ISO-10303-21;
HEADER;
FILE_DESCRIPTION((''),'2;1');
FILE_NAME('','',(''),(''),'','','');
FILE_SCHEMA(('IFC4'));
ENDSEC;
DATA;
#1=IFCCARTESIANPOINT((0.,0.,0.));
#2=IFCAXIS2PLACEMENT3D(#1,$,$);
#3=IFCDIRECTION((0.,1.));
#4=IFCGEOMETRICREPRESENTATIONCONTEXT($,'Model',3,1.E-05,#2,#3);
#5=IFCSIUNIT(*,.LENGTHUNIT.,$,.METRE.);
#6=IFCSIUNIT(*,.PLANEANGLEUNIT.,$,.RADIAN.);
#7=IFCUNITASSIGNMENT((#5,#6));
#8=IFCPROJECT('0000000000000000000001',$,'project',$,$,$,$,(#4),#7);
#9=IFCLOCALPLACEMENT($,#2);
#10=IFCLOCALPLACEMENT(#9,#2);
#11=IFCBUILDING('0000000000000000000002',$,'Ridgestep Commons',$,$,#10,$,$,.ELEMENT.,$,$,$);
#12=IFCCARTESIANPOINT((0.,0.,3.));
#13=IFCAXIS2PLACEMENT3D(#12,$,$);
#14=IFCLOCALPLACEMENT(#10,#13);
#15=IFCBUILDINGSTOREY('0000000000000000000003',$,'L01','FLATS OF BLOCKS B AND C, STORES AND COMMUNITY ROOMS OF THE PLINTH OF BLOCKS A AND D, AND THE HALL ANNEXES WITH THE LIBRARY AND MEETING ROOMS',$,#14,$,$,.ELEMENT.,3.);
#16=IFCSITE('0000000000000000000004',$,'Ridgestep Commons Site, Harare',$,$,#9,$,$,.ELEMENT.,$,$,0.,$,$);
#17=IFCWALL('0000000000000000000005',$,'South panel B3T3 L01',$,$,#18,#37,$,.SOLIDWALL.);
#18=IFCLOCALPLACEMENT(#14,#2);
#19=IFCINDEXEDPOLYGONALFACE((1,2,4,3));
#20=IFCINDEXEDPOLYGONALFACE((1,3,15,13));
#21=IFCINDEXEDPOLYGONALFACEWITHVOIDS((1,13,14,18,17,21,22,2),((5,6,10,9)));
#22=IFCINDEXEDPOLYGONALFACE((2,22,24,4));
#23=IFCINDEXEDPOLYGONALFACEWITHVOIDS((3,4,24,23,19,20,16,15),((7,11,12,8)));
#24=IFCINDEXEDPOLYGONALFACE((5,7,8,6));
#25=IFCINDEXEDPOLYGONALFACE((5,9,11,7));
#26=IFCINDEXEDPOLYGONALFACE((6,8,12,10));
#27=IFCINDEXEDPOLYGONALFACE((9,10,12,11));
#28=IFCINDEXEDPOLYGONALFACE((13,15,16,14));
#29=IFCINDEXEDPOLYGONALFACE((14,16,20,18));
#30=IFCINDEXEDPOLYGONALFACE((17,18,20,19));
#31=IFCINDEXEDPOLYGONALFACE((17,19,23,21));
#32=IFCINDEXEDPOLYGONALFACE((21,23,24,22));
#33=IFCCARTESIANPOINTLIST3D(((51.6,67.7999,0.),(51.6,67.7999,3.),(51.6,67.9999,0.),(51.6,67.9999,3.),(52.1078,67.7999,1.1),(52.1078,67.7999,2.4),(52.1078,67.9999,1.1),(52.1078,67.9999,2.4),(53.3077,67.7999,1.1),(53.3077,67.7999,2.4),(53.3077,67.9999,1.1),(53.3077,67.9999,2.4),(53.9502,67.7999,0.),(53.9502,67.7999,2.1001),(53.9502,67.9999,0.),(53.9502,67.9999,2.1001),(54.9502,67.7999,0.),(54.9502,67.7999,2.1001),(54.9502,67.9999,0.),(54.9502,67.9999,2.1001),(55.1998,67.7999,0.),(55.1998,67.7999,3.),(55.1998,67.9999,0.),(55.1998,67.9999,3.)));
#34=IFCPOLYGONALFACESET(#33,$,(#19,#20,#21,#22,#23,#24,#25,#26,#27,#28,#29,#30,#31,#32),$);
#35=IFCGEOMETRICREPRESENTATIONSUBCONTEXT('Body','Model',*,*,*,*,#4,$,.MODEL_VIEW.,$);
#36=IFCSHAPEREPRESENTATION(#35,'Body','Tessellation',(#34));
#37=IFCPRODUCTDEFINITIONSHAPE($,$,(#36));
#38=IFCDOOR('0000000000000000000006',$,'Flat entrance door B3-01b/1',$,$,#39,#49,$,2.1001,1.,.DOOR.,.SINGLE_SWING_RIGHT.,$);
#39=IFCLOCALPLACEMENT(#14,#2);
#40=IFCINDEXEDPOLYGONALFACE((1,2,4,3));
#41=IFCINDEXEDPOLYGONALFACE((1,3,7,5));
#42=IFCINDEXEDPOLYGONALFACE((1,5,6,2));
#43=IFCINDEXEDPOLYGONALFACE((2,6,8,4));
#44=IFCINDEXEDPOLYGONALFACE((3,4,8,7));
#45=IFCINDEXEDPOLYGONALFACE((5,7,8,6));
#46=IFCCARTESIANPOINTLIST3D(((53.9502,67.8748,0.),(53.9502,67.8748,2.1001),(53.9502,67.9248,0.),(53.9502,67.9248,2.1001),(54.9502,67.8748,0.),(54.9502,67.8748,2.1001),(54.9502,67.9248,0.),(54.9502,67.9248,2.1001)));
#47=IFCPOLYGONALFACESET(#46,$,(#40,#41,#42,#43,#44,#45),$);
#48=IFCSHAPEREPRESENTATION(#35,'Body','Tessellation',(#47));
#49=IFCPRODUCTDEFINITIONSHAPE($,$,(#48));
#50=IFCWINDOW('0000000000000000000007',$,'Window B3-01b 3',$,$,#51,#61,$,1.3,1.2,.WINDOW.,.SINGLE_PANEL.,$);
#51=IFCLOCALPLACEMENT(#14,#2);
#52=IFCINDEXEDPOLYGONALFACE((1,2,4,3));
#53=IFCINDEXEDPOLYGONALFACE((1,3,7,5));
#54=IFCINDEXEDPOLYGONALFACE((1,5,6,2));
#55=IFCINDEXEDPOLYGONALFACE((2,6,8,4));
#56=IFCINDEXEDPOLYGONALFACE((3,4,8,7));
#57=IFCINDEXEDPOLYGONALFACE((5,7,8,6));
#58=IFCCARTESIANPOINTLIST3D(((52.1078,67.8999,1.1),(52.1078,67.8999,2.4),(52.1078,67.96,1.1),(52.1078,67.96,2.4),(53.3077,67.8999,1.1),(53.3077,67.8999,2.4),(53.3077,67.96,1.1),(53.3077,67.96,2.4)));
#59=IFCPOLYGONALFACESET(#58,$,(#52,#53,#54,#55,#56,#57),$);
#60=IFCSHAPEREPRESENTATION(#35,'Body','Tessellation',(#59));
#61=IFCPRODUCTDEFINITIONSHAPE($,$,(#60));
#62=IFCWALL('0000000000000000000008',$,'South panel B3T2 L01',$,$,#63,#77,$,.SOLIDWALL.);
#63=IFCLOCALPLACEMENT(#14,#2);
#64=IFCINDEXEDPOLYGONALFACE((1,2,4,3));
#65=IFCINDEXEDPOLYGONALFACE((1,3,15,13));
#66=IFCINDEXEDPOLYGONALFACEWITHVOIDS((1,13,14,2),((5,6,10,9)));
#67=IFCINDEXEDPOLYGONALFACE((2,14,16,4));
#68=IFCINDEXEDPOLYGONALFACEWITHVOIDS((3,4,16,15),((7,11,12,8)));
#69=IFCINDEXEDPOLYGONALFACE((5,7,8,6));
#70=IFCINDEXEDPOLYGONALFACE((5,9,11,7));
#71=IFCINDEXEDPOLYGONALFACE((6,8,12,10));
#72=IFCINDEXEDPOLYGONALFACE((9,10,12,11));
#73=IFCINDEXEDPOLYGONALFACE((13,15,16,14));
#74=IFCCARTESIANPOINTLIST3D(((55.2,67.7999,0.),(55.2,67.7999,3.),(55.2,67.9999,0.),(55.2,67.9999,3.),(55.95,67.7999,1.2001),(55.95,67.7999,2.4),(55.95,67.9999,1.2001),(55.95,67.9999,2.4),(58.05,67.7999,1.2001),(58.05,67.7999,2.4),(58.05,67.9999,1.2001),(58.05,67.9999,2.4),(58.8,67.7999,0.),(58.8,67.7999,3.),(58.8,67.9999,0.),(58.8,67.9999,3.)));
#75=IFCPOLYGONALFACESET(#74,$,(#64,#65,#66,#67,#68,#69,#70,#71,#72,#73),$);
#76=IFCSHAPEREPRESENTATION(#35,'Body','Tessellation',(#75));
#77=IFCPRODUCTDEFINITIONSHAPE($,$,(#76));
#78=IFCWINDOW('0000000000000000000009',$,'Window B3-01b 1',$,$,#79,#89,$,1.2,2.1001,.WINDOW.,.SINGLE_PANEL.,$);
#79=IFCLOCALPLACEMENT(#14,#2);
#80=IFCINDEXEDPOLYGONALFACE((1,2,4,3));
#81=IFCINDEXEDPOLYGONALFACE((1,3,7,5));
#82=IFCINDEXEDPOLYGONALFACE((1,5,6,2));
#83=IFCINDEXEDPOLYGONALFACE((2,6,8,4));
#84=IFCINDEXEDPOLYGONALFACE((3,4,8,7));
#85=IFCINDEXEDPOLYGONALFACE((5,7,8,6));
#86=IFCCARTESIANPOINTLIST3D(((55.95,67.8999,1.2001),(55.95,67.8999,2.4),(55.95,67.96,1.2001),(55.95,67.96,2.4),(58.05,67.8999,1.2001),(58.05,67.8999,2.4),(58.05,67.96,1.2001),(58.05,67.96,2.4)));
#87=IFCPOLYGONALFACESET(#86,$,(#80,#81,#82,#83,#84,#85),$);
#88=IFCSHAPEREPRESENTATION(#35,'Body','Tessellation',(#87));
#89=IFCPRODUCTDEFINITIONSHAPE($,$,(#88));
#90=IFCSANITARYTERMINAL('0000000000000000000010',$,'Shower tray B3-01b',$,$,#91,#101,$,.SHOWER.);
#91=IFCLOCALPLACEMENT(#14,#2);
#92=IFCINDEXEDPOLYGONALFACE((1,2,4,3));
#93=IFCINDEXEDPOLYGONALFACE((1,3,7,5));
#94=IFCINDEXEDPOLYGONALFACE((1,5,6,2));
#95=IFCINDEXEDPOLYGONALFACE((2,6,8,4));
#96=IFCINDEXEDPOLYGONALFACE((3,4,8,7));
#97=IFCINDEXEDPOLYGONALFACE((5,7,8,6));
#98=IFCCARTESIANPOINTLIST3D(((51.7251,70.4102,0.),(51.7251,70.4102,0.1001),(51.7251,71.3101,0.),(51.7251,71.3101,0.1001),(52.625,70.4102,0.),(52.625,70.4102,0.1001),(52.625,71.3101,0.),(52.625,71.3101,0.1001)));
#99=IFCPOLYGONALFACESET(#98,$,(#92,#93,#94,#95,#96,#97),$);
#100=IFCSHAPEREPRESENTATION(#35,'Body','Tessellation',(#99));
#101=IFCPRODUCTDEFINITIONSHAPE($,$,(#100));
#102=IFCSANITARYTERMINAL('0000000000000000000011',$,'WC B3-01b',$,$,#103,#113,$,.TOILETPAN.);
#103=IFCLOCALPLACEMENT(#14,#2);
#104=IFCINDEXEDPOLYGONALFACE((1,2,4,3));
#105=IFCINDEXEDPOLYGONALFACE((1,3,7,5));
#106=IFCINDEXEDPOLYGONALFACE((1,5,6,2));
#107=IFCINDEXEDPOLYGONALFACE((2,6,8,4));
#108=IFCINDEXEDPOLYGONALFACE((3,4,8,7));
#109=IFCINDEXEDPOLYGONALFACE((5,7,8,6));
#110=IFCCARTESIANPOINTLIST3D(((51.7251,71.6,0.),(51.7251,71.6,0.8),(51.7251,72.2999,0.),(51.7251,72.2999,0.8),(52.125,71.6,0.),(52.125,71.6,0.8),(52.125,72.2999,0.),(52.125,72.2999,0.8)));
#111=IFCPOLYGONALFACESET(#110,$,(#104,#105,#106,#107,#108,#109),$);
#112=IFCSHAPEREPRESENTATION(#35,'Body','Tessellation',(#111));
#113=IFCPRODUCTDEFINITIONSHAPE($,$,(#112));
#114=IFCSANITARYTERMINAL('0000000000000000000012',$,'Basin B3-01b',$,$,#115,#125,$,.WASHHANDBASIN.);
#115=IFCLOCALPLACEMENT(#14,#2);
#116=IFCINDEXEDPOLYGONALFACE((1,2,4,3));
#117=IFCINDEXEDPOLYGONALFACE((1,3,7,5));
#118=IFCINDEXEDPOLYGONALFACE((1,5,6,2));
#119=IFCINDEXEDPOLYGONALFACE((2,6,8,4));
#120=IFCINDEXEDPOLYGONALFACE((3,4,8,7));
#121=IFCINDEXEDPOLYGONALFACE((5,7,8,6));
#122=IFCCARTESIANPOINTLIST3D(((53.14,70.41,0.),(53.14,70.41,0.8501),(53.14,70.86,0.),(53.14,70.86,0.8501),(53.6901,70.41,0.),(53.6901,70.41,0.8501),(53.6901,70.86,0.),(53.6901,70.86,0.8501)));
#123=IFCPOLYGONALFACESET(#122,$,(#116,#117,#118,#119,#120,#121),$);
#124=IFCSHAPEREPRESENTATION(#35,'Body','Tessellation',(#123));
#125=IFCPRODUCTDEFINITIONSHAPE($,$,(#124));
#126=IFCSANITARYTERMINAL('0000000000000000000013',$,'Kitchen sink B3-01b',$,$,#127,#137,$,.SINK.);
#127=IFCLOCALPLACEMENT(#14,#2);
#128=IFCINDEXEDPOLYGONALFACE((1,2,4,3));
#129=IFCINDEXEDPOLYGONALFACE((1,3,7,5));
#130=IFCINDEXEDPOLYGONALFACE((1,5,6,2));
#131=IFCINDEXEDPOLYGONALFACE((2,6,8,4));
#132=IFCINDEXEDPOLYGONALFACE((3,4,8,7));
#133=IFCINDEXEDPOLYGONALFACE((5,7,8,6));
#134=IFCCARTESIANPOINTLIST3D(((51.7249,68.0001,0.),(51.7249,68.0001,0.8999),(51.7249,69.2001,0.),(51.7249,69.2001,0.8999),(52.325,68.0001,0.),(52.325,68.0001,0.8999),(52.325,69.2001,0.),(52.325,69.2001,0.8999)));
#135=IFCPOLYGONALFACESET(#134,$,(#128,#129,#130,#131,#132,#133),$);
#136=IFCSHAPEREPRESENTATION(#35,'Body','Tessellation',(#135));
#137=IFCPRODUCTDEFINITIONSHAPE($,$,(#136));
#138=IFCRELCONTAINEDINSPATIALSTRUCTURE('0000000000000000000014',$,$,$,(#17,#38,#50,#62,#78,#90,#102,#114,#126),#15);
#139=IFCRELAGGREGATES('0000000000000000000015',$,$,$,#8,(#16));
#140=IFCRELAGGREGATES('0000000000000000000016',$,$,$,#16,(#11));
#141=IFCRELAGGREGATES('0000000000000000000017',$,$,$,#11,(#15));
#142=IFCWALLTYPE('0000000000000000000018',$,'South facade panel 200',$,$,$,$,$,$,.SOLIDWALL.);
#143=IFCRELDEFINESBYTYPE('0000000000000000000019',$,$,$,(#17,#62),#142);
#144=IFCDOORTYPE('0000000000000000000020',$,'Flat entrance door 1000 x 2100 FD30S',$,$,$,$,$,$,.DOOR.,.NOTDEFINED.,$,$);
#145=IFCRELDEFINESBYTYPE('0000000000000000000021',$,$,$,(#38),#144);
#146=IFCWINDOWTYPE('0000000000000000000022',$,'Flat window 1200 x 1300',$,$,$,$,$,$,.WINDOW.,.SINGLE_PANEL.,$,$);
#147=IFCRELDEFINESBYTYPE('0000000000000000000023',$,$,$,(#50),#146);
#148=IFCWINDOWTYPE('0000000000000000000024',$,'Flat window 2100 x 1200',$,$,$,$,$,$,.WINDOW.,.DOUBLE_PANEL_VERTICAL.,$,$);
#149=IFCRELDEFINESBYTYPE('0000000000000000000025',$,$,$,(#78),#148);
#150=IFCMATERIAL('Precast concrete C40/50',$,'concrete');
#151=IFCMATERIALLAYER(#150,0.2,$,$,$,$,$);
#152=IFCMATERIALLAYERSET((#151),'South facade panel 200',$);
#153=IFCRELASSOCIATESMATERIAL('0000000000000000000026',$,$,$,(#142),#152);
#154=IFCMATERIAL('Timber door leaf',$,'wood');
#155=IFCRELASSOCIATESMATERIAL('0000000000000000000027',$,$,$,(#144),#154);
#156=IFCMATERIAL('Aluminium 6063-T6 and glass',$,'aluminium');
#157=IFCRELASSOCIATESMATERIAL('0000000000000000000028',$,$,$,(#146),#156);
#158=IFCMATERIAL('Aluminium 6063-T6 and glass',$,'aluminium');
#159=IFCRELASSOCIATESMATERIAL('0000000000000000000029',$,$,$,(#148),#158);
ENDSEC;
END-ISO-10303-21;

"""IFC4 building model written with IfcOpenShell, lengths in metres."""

from ifc_helpers import new_model, si_unit, direction, frame, frame_2d, origin, origin_2d, place, context, subcontext, project, spatial, rectangle, extrude, material, layer, layer_set, type_object, element, fill, save


model = new_model("IFC4")

# Units and contexts
model_context = context("Model", 3, precision=1e-05, world=origin(), true_north=direction((0.0, 1.0)))
body_context = subcontext(model_context, "Body", "Model", "MODEL_VIEW")
ifc_project = project(units=[si_unit("LENGTHUNIT", "METRE"), si_unit("PLANEANGLEUNIT", "RADIAN")], contexts=[model_context])

# Site, building, storey
site_placement = place(None, origin())
site = spatial("IfcSite", under=ifc_project, at=site_placement, Name="Ridgestep Commons Site, Harare", CompositionType="ELEMENT", RefElevation=0.0)
building_placement = place(site_placement, origin())
building = spatial("IfcBuilding", under=site, at=building_placement, Name="Ridgestep Commons", CompositionType="ELEMENT")
storey_placement = place(building_placement, frame((0.0, 0.0, 3.0)))
storey = spatial("IfcBuildingStorey", under=building, at=storey_placement, Name="L01", Description="FLATS OF BLOCKS B AND C, STORES AND COMMUNITY ROOMS OF THE PLINTH OF BLOCKS A AND D, AND THE HALL ANNEXES WITH THE LIBRARY AND MEETING ROOMS", CompositionType="ELEMENT", Elevation=3.0)

# Wall, openings, door, window
ifc_material_1 = material(Name="Precast concrete C40/50", Category="concrete")
ifc_layer_1 = layer(ifc_material_1, 0.2)
ifc_layer_set_1 = layer_set([ifc_layer_1], Name="South facade panel 200")
wall_type_1 = type_object("IfcWallType", Name="South facade panel 200", PredefinedType="SOLIDWALL", material=ifc_layer_set_1)
wall_1_placement = place(storey_placement, frame((51.6001, 67.8999, 0.0), z_axis=(0.0, 0.0, 1.0), x_axis=(1.0, 0.0, 0.0)))
wall_1 = element("IfcWall", 1, at=wall_1_placement, inside=storey, type_object=wall_type_1, Name="South panel B3T3 L01", PredefinedType="SOLIDWALL", context=body_context, shape_type="SweptSolid", body=[
    extrude(rectangle(XDim=3.5999, YDim=0.2, at=frame_2d((1.7998, 0.0))), origin(), (0.0, 0.0, 1.0), 3.0),
])
opening_1_placement = place(wall_1_placement, frame((0.5076, 0.0, 1.1001)))
opening_1 = element("IfcOpeningElement", 2, at=opening_1_placement, cuts=wall_1, PredefinedType="OPENING", context=body_context, shape_type="SweptSolid", body=[
    extrude(rectangle(XDim=1.2, YDim=1.3, at=frame_2d((0.6001, 0.6499))), frame((0.0, 0.1099, 0.0), z_axis=(0.0, -1.0, 0.0), x_axis=(1.0, 0.0, 0.0)), (0.0, 0.0, 1.0), 0.22),
])
opening_2_placement = place(wall_1_placement, frame((2.3501, 0.0, 0.0)))
opening_2 = element("IfcOpeningElement", 3, at=opening_2_placement, cuts=wall_1, PredefinedType="OPENING", context=body_context, shape_type="SweptSolid", body=[
    extrude(rectangle(XDim=1.0, YDim=2.1001, at=frame_2d((0.5, 1.05))), frame((0.0, 0.1099, 0.0), z_axis=(0.0, -1.0, 0.0), x_axis=(1.0, 0.0, 0.0)), (0.0, 0.0, 1.0), 0.22),
])
ifc_material_2 = material(Name="Timber door leaf", Category="wood")
door_type_1 = type_object("IfcDoorType", Name="Flat entrance door 1000 x 2100 FD30S", OperationType="NOTDEFINED", PredefinedType="DOOR", material=ifc_material_2)
door_1_placement = place(opening_2_placement, origin())
door_1 = element("IfcDoor", 4, at=door_1_placement, inside=storey, type_object=door_type_1, Name="Flat entrance door B3-01b/1", OperationType="SINGLE_SWING_RIGHT", OverallHeight=2.1001, OverallWidth=1.0, PredefinedType="DOOR", context=body_context, shape_type="SweptSolid", body=[
    extrude(rectangle(XDim=1.0, YDim=2.1001, at=frame_2d((0.5, 1.05))), frame((0.0, 0.0249, 0.0), z_axis=(0.0, -1.0, 0.0), x_axis=(1.0, 0.0, 0.0)), (0.0, 0.0, 1.0), 0.05),
])
fill(opening_2, door_1)
ifc_material_3 = material(Name="Aluminium 6063-T6 and glass", Category="aluminium")
window_type_1 = type_object("IfcWindowType", Name="Flat window 1200 x 1300", PartitioningType="SINGLE_PANEL", PredefinedType="WINDOW", material=ifc_material_3)
window_1_placement = place(opening_1_placement, origin())
window_1 = element("IfcWindow", 5, at=window_1_placement, inside=storey, type_object=window_type_1, Name="Window B3-01b 3", OverallHeight=1.3, OverallWidth=1.2, PartitioningType="SINGLE_PANEL", PredefinedType="WINDOW", context=body_context, shape_type="SweptSolid", body=[
    extrude(rectangle(XDim=1.2, YDim=1.3, at=frame_2d((0.6001, 0.6499))), frame((0.0, 0.0601, 0.0), z_axis=(0.0, -1.0, 0.0), x_axis=(1.0, 0.0, 0.0)), (0.0, 0.0, 1.0), 0.0601),
])
fill(opening_1, window_1)

# Wall, opening, window
wall_2_placement = place(storey_placement, frame((55.2, 67.8999, 0.0), z_axis=(0.0, 0.0, 1.0), x_axis=(1.0, 0.0, 0.0)))
wall_2 = element("IfcWall", 6, at=wall_2_placement, inside=storey, type_object=wall_type_1, Name="South panel B3T2 L01", PredefinedType="SOLIDWALL", context=body_context, shape_type="SweptSolid", body=[
    extrude(rectangle(XDim=3.6001, YDim=0.2, at=frame_2d((1.8, 0.0))), origin(), (0.0, 0.0, 1.0), 3.0),
])
opening_3_placement = place(wall_2_placement, frame((0.75, 0.0, 1.2)))
opening_3 = element("IfcOpeningElement", 7, at=opening_3_placement, cuts=wall_2, PredefinedType="OPENING", context=body_context, shape_type="SweptSolid", body=[
    extrude(rectangle(XDim=2.1001, YDim=1.2, at=frame_2d((1.05, 0.6001))), frame((0.0, 0.1099, 0.0), z_axis=(0.0, -1.0, 0.0), x_axis=(1.0, 0.0, 0.0)), (0.0, 0.0, 1.0), 0.22),
])
ifc_material_4 = material(Name="Aluminium 6063-T6 and glass", Category="aluminium")
window_type_2 = type_object("IfcWindowType", Name="Flat window 2100 x 1200", PartitioningType="DOUBLE_PANEL_VERTICAL", PredefinedType="WINDOW", material=ifc_material_4)
window_2_placement = place(opening_3_placement, origin())
window_2 = element("IfcWindow", 8, at=window_2_placement, inside=storey, type_object=window_type_2, Name="Window B3-01b 1", OverallHeight=1.2, OverallWidth=2.1001, PartitioningType="SINGLE_PANEL", PredefinedType="WINDOW", context=body_context, shape_type="SweptSolid", body=[
    extrude(rectangle(XDim=2.1001, YDim=1.2, at=frame_2d((1.05, 0.6001))), frame((0.0, 0.0601, 0.0), z_axis=(0.0, -1.0, 0.0), x_axis=(1.0, 0.0, 0.0)), (0.0, 0.0, 1.0), 0.0601),
])
fill(opening_3, window_2)

# Sanitary terminals
sanitary_terminal_1_placement = place(storey_placement, frame((52.175, 70.8601, 0.0), z_axis=(0.0, 0.0, 1.0), x_axis=(1.0, 0.0, 0.0)))
element("IfcSanitaryTerminal", 9, at=sanitary_terminal_1_placement, inside=storey, Name="Shower tray B3-01b", PredefinedType="SHOWER", context=body_context, shape_type="SweptSolid", body=[
    extrude(rectangle(XDim=0.8999, YDim=0.8999, at=origin_2d()), origin(), (0.0, 0.0, 1.0), 0.1001),
])
sanitary_terminal_2_placement = place(storey_placement, frame((51.925, 71.95, 0.0), z_axis=(0.0, 0.0, 1.0), x_axis=(1.0, 0.0, 0.0)))
element("IfcSanitaryTerminal", 10, at=sanitary_terminal_2_placement, inside=storey, Name="WC B3-01b", PredefinedType="TOILETPAN", context=body_context, shape_type="SweptSolid", body=[
    extrude(rectangle(XDim=0.3999, YDim=0.7, at=origin_2d()), origin(), (0.0, 0.0, 1.0), 0.8),
])
sanitary_terminal_3_placement = place(storey_placement, frame((53.415, 70.635, 0.0), z_axis=(0.0, 0.0, 1.0), x_axis=(1.0, 0.0, 0.0)))
element("IfcSanitaryTerminal", 11, at=sanitary_terminal_3_placement, inside=storey, Name="Basin B3-01b", PredefinedType="WASHHANDBASIN", context=body_context, shape_type="SweptSolid", body=[
    extrude(rectangle(XDim=0.55, YDim=0.45, at=origin_2d()), origin(), (0.0, 0.0, 1.0), 0.8501),
])
sanitary_terminal_4_placement = place(storey_placement, frame((52.0249, 68.6001, 0.0), z_axis=(0.0, 0.0, 1.0), x_axis=(1.0, 0.0, 0.0)))
element("IfcSanitaryTerminal", 12, at=sanitary_terminal_4_placement, inside=storey, Name="Kitchen sink B3-01b", PredefinedType="SINK", context=body_context, shape_type="SweptSolid", body=[
    extrude(rectangle(XDim=0.6001, YDim=1.2, at=origin_2d()), origin(), (0.0, 0.0, 1.0), 0.8999),
])

save(model, "model.ifc")
